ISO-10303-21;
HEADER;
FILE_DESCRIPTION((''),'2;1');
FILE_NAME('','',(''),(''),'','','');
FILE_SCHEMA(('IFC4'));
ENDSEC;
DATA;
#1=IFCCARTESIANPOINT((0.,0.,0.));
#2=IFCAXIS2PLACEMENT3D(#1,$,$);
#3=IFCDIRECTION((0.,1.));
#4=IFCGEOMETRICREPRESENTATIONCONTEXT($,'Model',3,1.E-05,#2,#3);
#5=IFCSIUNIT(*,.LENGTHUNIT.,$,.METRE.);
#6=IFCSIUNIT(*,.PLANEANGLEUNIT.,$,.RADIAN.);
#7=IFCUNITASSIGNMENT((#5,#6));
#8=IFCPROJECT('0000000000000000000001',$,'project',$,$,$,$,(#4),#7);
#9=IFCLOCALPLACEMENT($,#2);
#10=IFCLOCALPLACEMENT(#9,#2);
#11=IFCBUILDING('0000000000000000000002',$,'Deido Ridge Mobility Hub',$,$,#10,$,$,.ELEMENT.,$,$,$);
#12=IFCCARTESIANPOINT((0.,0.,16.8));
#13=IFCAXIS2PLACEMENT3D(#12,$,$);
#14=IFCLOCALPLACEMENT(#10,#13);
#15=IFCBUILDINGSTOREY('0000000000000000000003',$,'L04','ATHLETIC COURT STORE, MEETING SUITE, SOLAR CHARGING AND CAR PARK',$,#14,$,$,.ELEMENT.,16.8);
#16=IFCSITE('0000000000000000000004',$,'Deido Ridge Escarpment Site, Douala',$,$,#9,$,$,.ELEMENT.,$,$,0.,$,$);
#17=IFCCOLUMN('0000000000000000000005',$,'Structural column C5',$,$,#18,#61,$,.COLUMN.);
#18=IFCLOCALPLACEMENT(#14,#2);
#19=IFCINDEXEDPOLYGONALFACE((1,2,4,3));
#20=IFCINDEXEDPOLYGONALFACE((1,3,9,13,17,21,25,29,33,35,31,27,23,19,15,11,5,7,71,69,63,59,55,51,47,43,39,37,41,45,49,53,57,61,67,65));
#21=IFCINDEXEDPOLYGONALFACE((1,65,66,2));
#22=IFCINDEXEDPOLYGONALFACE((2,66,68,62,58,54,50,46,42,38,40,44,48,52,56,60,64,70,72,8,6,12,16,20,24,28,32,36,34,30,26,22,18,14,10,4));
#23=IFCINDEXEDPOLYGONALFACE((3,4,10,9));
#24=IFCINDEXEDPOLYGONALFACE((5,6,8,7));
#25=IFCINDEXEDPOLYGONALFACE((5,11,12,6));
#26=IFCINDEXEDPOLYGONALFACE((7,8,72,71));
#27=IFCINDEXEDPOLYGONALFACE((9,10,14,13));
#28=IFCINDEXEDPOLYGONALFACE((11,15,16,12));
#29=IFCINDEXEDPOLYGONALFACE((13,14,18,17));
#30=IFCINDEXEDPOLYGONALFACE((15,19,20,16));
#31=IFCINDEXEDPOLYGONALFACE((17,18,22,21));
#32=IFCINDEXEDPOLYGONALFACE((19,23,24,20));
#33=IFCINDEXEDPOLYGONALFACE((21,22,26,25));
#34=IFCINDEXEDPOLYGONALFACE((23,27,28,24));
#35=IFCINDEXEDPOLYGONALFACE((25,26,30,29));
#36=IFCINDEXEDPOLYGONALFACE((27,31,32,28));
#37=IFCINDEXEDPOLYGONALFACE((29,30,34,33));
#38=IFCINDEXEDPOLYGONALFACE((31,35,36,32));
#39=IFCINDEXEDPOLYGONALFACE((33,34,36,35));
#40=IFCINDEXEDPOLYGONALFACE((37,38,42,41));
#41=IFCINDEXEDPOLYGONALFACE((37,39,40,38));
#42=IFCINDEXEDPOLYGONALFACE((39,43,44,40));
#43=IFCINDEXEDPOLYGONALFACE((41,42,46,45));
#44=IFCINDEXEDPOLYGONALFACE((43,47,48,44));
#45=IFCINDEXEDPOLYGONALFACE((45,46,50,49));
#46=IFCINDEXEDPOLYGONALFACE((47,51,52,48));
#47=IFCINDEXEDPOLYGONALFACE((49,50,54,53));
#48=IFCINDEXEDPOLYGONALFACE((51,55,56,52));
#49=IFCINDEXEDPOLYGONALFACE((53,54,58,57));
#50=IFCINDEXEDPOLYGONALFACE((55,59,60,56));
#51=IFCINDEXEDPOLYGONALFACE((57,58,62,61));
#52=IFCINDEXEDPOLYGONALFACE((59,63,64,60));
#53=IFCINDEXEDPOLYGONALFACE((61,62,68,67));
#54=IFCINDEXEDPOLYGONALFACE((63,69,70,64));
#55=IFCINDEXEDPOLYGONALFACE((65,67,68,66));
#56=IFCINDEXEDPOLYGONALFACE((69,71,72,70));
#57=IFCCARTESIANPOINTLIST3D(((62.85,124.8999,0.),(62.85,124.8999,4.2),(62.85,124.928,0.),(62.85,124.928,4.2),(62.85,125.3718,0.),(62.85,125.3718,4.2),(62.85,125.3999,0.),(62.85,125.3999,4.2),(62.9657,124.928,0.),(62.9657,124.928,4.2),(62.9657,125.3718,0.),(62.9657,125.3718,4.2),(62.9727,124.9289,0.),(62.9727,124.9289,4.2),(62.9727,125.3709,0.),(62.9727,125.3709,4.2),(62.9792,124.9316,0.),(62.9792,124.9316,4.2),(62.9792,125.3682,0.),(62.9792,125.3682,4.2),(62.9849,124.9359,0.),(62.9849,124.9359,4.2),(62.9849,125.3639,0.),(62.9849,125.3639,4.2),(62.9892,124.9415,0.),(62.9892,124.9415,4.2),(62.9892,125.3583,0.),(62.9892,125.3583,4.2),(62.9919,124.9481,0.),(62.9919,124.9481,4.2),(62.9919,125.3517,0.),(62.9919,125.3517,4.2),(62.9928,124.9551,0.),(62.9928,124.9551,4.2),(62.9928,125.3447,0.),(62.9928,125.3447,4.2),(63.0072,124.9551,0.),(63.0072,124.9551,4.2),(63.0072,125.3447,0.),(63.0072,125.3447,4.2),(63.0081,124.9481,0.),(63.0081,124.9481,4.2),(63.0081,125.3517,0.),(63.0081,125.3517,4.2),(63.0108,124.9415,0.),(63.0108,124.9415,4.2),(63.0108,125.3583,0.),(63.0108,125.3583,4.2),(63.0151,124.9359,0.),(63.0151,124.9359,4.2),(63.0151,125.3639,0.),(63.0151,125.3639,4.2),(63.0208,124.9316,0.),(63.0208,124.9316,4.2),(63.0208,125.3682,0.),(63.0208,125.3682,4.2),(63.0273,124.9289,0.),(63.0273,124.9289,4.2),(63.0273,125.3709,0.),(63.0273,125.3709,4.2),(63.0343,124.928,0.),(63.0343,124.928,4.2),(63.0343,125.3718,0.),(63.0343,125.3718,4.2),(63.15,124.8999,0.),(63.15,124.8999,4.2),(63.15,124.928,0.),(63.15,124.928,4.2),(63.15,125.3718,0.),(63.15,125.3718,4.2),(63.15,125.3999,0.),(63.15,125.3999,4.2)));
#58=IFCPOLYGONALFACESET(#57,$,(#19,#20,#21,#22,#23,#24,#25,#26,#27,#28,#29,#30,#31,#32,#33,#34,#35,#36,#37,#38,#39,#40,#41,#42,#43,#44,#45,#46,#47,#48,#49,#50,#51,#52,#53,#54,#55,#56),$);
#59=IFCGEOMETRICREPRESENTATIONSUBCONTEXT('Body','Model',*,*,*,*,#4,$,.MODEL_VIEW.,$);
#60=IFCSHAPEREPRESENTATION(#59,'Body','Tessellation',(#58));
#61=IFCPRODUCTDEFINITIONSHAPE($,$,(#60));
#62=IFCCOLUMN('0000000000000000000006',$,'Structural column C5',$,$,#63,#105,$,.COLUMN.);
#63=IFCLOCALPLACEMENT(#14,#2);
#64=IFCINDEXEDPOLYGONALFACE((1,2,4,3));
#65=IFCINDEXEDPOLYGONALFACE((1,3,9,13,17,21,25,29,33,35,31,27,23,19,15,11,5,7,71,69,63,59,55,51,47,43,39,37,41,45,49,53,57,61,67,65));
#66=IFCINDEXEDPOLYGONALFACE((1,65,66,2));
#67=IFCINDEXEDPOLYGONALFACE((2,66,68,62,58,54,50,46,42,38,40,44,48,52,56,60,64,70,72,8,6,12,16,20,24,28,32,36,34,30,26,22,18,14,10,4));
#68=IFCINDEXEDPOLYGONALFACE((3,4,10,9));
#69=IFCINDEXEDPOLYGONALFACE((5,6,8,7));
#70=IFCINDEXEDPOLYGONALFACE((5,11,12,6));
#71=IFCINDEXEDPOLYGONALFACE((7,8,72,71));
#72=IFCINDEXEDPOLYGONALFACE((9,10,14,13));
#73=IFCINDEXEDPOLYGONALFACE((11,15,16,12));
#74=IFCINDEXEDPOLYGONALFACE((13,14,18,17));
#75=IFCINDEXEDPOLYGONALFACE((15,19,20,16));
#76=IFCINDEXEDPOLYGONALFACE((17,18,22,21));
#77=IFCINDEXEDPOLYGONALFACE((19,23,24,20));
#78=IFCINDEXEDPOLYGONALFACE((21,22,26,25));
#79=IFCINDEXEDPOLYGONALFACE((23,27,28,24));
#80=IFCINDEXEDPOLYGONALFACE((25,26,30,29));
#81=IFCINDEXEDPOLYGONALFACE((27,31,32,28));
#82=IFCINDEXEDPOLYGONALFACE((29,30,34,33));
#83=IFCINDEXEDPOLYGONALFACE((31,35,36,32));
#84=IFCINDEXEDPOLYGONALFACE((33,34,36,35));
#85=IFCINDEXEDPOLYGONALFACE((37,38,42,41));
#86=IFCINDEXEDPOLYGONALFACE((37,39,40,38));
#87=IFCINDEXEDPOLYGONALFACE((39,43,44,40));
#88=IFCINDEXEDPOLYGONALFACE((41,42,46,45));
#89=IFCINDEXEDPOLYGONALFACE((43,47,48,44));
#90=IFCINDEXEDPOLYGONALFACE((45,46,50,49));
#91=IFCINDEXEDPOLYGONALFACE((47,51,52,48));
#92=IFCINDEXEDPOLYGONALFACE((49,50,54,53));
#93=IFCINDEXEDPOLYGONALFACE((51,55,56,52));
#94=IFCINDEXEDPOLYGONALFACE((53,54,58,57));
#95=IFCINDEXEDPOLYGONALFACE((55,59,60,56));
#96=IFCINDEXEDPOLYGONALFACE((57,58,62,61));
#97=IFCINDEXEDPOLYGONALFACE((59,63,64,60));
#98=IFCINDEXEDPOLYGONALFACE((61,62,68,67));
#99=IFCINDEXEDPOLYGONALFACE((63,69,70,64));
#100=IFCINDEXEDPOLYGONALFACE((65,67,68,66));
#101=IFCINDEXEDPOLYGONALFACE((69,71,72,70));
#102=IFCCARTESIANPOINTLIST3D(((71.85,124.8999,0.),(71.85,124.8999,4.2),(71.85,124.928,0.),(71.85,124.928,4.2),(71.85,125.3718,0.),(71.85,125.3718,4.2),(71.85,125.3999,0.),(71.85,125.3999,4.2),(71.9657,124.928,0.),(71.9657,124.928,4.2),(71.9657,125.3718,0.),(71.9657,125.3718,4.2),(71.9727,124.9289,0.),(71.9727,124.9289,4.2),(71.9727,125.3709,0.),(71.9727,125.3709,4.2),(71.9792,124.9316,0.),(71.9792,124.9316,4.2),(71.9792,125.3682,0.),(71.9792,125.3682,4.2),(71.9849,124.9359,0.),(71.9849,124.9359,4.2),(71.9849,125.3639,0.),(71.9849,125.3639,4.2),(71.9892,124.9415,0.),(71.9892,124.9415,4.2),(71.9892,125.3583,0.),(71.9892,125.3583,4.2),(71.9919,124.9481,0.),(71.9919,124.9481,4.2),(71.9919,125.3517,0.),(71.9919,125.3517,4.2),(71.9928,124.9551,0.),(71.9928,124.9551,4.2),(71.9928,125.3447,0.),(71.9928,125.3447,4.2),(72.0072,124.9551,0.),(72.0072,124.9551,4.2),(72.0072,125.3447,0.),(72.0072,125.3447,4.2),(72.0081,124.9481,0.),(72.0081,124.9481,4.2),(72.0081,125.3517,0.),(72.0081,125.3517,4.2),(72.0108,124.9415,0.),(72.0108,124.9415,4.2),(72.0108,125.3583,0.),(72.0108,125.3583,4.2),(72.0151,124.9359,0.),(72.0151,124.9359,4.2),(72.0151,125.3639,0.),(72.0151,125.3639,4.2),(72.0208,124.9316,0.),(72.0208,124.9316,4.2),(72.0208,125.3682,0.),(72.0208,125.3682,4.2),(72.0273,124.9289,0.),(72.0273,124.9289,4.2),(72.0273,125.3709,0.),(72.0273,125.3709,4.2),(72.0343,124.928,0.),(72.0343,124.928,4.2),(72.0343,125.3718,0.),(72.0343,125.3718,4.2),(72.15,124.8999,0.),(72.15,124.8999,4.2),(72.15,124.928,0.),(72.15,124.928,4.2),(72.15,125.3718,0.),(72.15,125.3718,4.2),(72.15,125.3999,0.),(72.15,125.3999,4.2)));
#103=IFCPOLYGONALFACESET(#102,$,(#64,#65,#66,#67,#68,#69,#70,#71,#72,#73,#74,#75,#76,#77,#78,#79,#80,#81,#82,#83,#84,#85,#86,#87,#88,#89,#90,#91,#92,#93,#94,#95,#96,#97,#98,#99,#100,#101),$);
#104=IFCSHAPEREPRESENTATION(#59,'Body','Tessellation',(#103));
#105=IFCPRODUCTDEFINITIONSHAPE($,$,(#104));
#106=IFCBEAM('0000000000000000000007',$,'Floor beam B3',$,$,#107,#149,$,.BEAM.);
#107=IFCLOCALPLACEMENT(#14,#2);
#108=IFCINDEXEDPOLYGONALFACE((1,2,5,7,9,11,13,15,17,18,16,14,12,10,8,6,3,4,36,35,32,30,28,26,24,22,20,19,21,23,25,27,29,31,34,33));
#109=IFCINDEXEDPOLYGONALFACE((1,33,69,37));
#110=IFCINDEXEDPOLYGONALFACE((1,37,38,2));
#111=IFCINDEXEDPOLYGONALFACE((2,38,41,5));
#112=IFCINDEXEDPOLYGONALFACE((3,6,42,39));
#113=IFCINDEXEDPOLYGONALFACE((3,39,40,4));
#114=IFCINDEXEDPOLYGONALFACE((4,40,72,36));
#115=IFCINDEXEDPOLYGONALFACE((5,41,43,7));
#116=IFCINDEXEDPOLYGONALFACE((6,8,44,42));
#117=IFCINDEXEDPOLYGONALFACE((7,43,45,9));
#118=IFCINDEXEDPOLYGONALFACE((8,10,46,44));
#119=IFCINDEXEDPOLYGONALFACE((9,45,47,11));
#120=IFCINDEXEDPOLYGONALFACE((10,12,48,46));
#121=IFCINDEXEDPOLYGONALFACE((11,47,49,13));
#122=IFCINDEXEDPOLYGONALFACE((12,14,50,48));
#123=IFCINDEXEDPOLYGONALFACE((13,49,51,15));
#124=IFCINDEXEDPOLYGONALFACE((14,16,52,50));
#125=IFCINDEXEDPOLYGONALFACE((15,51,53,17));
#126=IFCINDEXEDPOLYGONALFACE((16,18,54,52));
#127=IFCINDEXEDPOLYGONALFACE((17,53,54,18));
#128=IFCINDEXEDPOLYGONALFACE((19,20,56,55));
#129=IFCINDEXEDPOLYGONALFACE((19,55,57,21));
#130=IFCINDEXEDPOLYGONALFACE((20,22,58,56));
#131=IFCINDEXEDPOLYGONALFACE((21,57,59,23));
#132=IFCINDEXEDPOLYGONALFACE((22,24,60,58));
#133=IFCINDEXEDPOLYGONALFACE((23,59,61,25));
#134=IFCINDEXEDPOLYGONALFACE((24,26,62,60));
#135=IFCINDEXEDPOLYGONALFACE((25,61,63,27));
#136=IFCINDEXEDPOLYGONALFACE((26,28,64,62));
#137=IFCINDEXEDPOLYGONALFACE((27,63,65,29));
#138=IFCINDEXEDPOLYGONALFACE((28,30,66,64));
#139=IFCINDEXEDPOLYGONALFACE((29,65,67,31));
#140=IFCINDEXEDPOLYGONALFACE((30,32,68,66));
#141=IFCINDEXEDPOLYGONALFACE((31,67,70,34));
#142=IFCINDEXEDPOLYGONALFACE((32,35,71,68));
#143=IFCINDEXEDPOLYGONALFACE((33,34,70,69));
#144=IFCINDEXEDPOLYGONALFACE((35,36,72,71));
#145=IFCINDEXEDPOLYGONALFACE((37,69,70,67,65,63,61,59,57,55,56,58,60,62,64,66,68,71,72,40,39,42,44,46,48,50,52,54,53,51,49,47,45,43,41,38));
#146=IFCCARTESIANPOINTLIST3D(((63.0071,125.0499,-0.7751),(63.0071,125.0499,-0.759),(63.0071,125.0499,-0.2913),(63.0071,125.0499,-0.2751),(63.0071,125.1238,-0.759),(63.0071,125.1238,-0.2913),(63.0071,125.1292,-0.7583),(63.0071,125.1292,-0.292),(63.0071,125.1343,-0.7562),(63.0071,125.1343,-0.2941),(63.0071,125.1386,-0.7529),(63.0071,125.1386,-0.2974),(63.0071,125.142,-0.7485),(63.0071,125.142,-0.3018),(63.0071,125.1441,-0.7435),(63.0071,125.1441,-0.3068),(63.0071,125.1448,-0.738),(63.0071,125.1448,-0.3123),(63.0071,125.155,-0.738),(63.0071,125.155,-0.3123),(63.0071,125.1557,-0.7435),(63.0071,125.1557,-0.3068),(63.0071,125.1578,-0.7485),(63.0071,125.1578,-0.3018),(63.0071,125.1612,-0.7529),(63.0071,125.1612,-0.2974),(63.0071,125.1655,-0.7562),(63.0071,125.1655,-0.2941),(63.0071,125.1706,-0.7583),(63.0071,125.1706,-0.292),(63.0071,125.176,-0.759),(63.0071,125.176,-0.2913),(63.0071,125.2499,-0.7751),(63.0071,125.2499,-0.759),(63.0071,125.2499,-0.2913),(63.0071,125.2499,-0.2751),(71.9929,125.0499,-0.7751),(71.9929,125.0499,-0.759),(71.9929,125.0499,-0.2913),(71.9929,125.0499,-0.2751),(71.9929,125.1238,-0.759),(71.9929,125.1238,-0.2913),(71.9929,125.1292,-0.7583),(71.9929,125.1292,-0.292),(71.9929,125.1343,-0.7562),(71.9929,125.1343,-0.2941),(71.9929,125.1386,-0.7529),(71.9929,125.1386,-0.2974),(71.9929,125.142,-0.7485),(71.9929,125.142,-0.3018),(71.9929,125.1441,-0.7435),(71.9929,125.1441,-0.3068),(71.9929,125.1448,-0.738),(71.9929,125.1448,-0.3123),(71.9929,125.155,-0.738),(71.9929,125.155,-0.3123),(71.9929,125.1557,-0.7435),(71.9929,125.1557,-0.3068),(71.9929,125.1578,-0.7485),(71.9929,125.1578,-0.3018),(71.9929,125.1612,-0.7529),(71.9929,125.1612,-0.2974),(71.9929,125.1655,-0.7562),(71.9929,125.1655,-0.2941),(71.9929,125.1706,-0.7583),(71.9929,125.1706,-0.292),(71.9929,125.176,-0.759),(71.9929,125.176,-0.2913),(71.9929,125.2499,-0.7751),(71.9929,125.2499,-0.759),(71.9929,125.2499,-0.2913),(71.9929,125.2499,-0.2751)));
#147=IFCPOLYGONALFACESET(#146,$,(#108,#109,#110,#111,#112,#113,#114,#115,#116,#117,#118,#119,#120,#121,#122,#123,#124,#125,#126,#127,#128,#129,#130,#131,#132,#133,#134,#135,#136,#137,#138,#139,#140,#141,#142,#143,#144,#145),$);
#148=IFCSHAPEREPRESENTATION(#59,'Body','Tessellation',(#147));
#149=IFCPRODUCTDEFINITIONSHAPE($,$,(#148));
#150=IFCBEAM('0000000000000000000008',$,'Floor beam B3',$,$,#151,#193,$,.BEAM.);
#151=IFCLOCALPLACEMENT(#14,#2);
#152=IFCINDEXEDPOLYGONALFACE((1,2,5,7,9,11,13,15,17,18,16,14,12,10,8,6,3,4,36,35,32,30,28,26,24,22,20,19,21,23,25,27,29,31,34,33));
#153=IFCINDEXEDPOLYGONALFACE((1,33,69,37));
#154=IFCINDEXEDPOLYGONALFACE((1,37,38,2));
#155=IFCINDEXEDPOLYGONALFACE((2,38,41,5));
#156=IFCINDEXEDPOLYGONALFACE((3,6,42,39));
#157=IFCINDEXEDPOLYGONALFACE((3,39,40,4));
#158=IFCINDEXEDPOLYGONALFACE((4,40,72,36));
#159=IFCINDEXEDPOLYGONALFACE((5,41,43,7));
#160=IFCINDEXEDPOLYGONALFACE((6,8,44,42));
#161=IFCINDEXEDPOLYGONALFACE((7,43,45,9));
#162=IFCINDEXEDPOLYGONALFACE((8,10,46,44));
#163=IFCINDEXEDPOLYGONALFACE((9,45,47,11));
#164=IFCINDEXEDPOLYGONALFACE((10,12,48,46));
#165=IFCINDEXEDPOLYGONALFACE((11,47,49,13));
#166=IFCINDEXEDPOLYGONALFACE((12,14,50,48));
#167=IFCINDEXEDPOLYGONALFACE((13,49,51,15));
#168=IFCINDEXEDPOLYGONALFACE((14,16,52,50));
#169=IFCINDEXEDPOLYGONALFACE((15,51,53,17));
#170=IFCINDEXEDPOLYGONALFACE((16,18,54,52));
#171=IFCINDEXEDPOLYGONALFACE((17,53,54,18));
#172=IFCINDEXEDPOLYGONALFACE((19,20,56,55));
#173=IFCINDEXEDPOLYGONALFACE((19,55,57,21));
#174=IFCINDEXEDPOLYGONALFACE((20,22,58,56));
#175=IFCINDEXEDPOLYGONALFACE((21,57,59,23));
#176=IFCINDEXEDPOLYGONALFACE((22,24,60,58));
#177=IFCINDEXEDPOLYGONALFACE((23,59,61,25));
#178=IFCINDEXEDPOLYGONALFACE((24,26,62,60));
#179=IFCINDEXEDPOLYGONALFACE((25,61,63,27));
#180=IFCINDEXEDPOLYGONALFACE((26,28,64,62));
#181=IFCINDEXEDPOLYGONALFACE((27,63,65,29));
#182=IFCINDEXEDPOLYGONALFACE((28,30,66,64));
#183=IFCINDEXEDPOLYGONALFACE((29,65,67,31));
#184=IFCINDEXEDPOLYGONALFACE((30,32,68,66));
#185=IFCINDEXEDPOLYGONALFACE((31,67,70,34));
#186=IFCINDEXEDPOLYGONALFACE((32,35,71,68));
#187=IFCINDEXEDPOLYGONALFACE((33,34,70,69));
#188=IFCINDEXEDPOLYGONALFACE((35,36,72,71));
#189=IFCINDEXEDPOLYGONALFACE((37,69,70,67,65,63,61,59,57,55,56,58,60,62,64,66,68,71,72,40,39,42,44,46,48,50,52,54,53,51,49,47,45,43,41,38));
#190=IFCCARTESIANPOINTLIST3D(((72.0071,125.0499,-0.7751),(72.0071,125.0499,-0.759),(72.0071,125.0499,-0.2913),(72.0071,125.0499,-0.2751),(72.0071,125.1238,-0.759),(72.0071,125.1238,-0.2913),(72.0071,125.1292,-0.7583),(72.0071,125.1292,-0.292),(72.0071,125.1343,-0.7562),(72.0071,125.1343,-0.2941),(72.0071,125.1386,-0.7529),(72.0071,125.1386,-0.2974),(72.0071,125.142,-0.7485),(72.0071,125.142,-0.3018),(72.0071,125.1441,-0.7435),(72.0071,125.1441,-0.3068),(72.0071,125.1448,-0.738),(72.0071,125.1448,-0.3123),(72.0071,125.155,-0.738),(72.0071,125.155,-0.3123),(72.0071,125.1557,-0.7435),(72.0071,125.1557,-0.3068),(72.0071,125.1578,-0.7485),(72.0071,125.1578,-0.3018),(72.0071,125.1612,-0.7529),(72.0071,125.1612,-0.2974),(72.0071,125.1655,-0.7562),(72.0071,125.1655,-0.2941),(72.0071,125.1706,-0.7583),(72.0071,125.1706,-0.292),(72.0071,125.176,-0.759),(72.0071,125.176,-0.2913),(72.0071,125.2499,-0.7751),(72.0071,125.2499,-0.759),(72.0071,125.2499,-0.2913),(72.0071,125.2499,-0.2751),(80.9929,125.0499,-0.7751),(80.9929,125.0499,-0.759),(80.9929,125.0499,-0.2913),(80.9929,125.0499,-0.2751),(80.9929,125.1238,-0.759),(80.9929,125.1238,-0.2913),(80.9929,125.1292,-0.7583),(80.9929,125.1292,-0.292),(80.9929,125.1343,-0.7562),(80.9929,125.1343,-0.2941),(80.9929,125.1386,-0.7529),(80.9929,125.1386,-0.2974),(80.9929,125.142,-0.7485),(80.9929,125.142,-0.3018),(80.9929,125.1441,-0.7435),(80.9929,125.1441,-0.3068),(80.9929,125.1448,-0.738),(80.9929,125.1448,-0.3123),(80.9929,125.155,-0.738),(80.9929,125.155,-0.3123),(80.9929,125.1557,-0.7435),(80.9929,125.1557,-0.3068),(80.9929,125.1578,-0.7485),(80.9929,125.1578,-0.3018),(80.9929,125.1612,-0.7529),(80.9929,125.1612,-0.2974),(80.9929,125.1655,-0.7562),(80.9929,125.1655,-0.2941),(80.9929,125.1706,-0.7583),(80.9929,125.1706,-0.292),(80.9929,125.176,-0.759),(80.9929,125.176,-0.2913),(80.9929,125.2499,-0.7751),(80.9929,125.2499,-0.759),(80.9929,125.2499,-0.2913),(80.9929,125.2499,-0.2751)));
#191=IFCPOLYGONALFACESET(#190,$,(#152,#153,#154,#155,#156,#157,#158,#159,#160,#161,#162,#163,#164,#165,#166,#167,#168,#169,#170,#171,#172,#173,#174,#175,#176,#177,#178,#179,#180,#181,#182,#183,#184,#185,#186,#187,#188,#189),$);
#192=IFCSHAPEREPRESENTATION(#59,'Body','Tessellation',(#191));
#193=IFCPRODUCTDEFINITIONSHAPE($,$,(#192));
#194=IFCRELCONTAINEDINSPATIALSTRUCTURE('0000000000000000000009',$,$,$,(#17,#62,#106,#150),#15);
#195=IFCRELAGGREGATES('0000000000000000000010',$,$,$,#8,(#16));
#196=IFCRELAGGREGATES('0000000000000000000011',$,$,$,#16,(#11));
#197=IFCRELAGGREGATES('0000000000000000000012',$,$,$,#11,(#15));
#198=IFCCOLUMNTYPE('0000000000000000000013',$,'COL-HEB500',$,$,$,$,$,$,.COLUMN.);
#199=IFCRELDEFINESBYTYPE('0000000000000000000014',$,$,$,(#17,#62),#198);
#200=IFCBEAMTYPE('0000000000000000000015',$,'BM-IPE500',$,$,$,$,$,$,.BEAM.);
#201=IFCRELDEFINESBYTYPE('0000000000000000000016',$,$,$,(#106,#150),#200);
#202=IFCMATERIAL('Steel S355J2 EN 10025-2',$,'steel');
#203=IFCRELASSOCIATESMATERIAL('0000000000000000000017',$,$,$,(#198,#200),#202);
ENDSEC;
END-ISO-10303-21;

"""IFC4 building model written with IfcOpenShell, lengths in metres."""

from ifc_helpers import new_model, si_unit, direction, frame, origin, origin_2d, place, context, subcontext, project, spatial, i_section, extrude, material, material_profile, profile_set, type_object, element, save


model = new_model("IFC4")

# Units and contexts
model_context = context("Model", 3, precision=1e-05, world=origin(), true_north=direction((0.0, 1.0)))
body_context = subcontext(model_context, "Body", "Model", "MODEL_VIEW")
ifc_project = project(units=[si_unit("LENGTHUNIT", "METRE"), si_unit("PLANEANGLEUNIT", "RADIAN")], contexts=[model_context])

# Site, building, storey
site_placement = place(None, origin())
site = spatial("IfcSite", under=ifc_project, at=site_placement, Name="Deido Ridge Escarpment Site, Douala", CompositionType="ELEMENT", RefElevation=0.0)
building_placement = place(site_placement, origin())
building = spatial("IfcBuilding", under=site, at=building_placement, Name="Deido Ridge Mobility Hub", CompositionType="ELEMENT")
storey_placement = place(building_placement, frame((0.0, 0.0, 16.8)))
storey = spatial("IfcBuildingStorey", under=building, at=storey_placement, Name="L04", Description="ATHLETIC COURT STORE, MEETING SUITE, SOLAR CHARGING AND CAR PARK", CompositionType="ELEMENT", Elevation=16.8)

# Columns
ifc_material_1 = material(Name="Steel S355J2 EN 10025-2", Category="steel")
ifc_material_profile_1 = material_profile(ifc_material_1, i_section(OverallWidth=0.3, OverallDepth=0.5, WebThickness=0.0144, FlangeThickness=0.0281, FilletRadius=0.0271, at=origin_2d()), Name="HEB 500")
ifc_profile_set_1 = profile_set([ifc_material_profile_1], Name="Steel S355J2 EN 10025-2")
column_type = type_object("IfcColumnType", Name="COL-HEB500", PredefinedType="COLUMN", material=ifc_profile_set_1)
for number, where, z_axis, x_axis, name in (
    (1, (63.0, 125.1499, 0.0), (0.0, 0.0, 1.0), (1.0, 0.0, 0.0), "Structural column C5"),
    (2, (72.0, 125.1499, 0.0), (0.0, 0.0, 1.0), (1.0, 0.0, 0.0), "Structural column C5"),
):
    element("IfcColumn", number, at=place(storey_placement, frame(where, z_axis=z_axis, x_axis=x_axis)), inside=storey, type_object=column_type, Name=name, PredefinedType="COLUMN", context=body_context, shape_type="SweptSolid", body=[
        extrude(i_section(OverallWidth=0.3, OverallDepth=0.5, WebThickness=0.0144, FlangeThickness=0.0281, FilletRadius=0.0271, at=origin_2d()), origin(), (0.0, 0.0, 1.0), 4.2),
    ])

# Beams
ifc_material_profile_2 = material_profile(ifc_material_1, i_section(OverallWidth=0.2, OverallDepth=0.5, WebThickness=0.0103, FlangeThickness=0.0161, FilletRadius=0.021, at=origin_2d()), Name="IPE 500")
ifc_profile_set_2 = profile_set([ifc_material_profile_2], Name="Steel S355J2 EN 10025-2")
beam_type_1 = type_object("IfcBeamType", Name="BM-IPE500", PredefinedType="BEAM", material=ifc_profile_set_2)
for number, where, z_axis, x_axis, name in (
    (3, (63.0071, 125.1499, -0.5251), (1.0, 0.0, 0.0), (0.0, 1.0, 0.0), "Floor beam B3"),
    (4, (72.0071, 125.1499, -0.5251), (1.0, 0.0, 0.0), (0.0, 1.0, 0.0), "Floor beam B3"),
):
    element("IfcBeam", number, at=place(storey_placement, frame(where, z_axis=z_axis, x_axis=x_axis)), inside=storey, type_object=beam_type_1, Name=name, PredefinedType="BEAM", context=body_context, shape_type="SweptSolid", body=[
        extrude(i_section(OverallWidth=0.2, OverallDepth=0.5, WebThickness=0.0103, FlangeThickness=0.0161, FilletRadius=0.021, at=origin_2d()), origin(), (0.0, 0.0, 1.0), 8.9858),
    ])

save(model, "model.ifc")
